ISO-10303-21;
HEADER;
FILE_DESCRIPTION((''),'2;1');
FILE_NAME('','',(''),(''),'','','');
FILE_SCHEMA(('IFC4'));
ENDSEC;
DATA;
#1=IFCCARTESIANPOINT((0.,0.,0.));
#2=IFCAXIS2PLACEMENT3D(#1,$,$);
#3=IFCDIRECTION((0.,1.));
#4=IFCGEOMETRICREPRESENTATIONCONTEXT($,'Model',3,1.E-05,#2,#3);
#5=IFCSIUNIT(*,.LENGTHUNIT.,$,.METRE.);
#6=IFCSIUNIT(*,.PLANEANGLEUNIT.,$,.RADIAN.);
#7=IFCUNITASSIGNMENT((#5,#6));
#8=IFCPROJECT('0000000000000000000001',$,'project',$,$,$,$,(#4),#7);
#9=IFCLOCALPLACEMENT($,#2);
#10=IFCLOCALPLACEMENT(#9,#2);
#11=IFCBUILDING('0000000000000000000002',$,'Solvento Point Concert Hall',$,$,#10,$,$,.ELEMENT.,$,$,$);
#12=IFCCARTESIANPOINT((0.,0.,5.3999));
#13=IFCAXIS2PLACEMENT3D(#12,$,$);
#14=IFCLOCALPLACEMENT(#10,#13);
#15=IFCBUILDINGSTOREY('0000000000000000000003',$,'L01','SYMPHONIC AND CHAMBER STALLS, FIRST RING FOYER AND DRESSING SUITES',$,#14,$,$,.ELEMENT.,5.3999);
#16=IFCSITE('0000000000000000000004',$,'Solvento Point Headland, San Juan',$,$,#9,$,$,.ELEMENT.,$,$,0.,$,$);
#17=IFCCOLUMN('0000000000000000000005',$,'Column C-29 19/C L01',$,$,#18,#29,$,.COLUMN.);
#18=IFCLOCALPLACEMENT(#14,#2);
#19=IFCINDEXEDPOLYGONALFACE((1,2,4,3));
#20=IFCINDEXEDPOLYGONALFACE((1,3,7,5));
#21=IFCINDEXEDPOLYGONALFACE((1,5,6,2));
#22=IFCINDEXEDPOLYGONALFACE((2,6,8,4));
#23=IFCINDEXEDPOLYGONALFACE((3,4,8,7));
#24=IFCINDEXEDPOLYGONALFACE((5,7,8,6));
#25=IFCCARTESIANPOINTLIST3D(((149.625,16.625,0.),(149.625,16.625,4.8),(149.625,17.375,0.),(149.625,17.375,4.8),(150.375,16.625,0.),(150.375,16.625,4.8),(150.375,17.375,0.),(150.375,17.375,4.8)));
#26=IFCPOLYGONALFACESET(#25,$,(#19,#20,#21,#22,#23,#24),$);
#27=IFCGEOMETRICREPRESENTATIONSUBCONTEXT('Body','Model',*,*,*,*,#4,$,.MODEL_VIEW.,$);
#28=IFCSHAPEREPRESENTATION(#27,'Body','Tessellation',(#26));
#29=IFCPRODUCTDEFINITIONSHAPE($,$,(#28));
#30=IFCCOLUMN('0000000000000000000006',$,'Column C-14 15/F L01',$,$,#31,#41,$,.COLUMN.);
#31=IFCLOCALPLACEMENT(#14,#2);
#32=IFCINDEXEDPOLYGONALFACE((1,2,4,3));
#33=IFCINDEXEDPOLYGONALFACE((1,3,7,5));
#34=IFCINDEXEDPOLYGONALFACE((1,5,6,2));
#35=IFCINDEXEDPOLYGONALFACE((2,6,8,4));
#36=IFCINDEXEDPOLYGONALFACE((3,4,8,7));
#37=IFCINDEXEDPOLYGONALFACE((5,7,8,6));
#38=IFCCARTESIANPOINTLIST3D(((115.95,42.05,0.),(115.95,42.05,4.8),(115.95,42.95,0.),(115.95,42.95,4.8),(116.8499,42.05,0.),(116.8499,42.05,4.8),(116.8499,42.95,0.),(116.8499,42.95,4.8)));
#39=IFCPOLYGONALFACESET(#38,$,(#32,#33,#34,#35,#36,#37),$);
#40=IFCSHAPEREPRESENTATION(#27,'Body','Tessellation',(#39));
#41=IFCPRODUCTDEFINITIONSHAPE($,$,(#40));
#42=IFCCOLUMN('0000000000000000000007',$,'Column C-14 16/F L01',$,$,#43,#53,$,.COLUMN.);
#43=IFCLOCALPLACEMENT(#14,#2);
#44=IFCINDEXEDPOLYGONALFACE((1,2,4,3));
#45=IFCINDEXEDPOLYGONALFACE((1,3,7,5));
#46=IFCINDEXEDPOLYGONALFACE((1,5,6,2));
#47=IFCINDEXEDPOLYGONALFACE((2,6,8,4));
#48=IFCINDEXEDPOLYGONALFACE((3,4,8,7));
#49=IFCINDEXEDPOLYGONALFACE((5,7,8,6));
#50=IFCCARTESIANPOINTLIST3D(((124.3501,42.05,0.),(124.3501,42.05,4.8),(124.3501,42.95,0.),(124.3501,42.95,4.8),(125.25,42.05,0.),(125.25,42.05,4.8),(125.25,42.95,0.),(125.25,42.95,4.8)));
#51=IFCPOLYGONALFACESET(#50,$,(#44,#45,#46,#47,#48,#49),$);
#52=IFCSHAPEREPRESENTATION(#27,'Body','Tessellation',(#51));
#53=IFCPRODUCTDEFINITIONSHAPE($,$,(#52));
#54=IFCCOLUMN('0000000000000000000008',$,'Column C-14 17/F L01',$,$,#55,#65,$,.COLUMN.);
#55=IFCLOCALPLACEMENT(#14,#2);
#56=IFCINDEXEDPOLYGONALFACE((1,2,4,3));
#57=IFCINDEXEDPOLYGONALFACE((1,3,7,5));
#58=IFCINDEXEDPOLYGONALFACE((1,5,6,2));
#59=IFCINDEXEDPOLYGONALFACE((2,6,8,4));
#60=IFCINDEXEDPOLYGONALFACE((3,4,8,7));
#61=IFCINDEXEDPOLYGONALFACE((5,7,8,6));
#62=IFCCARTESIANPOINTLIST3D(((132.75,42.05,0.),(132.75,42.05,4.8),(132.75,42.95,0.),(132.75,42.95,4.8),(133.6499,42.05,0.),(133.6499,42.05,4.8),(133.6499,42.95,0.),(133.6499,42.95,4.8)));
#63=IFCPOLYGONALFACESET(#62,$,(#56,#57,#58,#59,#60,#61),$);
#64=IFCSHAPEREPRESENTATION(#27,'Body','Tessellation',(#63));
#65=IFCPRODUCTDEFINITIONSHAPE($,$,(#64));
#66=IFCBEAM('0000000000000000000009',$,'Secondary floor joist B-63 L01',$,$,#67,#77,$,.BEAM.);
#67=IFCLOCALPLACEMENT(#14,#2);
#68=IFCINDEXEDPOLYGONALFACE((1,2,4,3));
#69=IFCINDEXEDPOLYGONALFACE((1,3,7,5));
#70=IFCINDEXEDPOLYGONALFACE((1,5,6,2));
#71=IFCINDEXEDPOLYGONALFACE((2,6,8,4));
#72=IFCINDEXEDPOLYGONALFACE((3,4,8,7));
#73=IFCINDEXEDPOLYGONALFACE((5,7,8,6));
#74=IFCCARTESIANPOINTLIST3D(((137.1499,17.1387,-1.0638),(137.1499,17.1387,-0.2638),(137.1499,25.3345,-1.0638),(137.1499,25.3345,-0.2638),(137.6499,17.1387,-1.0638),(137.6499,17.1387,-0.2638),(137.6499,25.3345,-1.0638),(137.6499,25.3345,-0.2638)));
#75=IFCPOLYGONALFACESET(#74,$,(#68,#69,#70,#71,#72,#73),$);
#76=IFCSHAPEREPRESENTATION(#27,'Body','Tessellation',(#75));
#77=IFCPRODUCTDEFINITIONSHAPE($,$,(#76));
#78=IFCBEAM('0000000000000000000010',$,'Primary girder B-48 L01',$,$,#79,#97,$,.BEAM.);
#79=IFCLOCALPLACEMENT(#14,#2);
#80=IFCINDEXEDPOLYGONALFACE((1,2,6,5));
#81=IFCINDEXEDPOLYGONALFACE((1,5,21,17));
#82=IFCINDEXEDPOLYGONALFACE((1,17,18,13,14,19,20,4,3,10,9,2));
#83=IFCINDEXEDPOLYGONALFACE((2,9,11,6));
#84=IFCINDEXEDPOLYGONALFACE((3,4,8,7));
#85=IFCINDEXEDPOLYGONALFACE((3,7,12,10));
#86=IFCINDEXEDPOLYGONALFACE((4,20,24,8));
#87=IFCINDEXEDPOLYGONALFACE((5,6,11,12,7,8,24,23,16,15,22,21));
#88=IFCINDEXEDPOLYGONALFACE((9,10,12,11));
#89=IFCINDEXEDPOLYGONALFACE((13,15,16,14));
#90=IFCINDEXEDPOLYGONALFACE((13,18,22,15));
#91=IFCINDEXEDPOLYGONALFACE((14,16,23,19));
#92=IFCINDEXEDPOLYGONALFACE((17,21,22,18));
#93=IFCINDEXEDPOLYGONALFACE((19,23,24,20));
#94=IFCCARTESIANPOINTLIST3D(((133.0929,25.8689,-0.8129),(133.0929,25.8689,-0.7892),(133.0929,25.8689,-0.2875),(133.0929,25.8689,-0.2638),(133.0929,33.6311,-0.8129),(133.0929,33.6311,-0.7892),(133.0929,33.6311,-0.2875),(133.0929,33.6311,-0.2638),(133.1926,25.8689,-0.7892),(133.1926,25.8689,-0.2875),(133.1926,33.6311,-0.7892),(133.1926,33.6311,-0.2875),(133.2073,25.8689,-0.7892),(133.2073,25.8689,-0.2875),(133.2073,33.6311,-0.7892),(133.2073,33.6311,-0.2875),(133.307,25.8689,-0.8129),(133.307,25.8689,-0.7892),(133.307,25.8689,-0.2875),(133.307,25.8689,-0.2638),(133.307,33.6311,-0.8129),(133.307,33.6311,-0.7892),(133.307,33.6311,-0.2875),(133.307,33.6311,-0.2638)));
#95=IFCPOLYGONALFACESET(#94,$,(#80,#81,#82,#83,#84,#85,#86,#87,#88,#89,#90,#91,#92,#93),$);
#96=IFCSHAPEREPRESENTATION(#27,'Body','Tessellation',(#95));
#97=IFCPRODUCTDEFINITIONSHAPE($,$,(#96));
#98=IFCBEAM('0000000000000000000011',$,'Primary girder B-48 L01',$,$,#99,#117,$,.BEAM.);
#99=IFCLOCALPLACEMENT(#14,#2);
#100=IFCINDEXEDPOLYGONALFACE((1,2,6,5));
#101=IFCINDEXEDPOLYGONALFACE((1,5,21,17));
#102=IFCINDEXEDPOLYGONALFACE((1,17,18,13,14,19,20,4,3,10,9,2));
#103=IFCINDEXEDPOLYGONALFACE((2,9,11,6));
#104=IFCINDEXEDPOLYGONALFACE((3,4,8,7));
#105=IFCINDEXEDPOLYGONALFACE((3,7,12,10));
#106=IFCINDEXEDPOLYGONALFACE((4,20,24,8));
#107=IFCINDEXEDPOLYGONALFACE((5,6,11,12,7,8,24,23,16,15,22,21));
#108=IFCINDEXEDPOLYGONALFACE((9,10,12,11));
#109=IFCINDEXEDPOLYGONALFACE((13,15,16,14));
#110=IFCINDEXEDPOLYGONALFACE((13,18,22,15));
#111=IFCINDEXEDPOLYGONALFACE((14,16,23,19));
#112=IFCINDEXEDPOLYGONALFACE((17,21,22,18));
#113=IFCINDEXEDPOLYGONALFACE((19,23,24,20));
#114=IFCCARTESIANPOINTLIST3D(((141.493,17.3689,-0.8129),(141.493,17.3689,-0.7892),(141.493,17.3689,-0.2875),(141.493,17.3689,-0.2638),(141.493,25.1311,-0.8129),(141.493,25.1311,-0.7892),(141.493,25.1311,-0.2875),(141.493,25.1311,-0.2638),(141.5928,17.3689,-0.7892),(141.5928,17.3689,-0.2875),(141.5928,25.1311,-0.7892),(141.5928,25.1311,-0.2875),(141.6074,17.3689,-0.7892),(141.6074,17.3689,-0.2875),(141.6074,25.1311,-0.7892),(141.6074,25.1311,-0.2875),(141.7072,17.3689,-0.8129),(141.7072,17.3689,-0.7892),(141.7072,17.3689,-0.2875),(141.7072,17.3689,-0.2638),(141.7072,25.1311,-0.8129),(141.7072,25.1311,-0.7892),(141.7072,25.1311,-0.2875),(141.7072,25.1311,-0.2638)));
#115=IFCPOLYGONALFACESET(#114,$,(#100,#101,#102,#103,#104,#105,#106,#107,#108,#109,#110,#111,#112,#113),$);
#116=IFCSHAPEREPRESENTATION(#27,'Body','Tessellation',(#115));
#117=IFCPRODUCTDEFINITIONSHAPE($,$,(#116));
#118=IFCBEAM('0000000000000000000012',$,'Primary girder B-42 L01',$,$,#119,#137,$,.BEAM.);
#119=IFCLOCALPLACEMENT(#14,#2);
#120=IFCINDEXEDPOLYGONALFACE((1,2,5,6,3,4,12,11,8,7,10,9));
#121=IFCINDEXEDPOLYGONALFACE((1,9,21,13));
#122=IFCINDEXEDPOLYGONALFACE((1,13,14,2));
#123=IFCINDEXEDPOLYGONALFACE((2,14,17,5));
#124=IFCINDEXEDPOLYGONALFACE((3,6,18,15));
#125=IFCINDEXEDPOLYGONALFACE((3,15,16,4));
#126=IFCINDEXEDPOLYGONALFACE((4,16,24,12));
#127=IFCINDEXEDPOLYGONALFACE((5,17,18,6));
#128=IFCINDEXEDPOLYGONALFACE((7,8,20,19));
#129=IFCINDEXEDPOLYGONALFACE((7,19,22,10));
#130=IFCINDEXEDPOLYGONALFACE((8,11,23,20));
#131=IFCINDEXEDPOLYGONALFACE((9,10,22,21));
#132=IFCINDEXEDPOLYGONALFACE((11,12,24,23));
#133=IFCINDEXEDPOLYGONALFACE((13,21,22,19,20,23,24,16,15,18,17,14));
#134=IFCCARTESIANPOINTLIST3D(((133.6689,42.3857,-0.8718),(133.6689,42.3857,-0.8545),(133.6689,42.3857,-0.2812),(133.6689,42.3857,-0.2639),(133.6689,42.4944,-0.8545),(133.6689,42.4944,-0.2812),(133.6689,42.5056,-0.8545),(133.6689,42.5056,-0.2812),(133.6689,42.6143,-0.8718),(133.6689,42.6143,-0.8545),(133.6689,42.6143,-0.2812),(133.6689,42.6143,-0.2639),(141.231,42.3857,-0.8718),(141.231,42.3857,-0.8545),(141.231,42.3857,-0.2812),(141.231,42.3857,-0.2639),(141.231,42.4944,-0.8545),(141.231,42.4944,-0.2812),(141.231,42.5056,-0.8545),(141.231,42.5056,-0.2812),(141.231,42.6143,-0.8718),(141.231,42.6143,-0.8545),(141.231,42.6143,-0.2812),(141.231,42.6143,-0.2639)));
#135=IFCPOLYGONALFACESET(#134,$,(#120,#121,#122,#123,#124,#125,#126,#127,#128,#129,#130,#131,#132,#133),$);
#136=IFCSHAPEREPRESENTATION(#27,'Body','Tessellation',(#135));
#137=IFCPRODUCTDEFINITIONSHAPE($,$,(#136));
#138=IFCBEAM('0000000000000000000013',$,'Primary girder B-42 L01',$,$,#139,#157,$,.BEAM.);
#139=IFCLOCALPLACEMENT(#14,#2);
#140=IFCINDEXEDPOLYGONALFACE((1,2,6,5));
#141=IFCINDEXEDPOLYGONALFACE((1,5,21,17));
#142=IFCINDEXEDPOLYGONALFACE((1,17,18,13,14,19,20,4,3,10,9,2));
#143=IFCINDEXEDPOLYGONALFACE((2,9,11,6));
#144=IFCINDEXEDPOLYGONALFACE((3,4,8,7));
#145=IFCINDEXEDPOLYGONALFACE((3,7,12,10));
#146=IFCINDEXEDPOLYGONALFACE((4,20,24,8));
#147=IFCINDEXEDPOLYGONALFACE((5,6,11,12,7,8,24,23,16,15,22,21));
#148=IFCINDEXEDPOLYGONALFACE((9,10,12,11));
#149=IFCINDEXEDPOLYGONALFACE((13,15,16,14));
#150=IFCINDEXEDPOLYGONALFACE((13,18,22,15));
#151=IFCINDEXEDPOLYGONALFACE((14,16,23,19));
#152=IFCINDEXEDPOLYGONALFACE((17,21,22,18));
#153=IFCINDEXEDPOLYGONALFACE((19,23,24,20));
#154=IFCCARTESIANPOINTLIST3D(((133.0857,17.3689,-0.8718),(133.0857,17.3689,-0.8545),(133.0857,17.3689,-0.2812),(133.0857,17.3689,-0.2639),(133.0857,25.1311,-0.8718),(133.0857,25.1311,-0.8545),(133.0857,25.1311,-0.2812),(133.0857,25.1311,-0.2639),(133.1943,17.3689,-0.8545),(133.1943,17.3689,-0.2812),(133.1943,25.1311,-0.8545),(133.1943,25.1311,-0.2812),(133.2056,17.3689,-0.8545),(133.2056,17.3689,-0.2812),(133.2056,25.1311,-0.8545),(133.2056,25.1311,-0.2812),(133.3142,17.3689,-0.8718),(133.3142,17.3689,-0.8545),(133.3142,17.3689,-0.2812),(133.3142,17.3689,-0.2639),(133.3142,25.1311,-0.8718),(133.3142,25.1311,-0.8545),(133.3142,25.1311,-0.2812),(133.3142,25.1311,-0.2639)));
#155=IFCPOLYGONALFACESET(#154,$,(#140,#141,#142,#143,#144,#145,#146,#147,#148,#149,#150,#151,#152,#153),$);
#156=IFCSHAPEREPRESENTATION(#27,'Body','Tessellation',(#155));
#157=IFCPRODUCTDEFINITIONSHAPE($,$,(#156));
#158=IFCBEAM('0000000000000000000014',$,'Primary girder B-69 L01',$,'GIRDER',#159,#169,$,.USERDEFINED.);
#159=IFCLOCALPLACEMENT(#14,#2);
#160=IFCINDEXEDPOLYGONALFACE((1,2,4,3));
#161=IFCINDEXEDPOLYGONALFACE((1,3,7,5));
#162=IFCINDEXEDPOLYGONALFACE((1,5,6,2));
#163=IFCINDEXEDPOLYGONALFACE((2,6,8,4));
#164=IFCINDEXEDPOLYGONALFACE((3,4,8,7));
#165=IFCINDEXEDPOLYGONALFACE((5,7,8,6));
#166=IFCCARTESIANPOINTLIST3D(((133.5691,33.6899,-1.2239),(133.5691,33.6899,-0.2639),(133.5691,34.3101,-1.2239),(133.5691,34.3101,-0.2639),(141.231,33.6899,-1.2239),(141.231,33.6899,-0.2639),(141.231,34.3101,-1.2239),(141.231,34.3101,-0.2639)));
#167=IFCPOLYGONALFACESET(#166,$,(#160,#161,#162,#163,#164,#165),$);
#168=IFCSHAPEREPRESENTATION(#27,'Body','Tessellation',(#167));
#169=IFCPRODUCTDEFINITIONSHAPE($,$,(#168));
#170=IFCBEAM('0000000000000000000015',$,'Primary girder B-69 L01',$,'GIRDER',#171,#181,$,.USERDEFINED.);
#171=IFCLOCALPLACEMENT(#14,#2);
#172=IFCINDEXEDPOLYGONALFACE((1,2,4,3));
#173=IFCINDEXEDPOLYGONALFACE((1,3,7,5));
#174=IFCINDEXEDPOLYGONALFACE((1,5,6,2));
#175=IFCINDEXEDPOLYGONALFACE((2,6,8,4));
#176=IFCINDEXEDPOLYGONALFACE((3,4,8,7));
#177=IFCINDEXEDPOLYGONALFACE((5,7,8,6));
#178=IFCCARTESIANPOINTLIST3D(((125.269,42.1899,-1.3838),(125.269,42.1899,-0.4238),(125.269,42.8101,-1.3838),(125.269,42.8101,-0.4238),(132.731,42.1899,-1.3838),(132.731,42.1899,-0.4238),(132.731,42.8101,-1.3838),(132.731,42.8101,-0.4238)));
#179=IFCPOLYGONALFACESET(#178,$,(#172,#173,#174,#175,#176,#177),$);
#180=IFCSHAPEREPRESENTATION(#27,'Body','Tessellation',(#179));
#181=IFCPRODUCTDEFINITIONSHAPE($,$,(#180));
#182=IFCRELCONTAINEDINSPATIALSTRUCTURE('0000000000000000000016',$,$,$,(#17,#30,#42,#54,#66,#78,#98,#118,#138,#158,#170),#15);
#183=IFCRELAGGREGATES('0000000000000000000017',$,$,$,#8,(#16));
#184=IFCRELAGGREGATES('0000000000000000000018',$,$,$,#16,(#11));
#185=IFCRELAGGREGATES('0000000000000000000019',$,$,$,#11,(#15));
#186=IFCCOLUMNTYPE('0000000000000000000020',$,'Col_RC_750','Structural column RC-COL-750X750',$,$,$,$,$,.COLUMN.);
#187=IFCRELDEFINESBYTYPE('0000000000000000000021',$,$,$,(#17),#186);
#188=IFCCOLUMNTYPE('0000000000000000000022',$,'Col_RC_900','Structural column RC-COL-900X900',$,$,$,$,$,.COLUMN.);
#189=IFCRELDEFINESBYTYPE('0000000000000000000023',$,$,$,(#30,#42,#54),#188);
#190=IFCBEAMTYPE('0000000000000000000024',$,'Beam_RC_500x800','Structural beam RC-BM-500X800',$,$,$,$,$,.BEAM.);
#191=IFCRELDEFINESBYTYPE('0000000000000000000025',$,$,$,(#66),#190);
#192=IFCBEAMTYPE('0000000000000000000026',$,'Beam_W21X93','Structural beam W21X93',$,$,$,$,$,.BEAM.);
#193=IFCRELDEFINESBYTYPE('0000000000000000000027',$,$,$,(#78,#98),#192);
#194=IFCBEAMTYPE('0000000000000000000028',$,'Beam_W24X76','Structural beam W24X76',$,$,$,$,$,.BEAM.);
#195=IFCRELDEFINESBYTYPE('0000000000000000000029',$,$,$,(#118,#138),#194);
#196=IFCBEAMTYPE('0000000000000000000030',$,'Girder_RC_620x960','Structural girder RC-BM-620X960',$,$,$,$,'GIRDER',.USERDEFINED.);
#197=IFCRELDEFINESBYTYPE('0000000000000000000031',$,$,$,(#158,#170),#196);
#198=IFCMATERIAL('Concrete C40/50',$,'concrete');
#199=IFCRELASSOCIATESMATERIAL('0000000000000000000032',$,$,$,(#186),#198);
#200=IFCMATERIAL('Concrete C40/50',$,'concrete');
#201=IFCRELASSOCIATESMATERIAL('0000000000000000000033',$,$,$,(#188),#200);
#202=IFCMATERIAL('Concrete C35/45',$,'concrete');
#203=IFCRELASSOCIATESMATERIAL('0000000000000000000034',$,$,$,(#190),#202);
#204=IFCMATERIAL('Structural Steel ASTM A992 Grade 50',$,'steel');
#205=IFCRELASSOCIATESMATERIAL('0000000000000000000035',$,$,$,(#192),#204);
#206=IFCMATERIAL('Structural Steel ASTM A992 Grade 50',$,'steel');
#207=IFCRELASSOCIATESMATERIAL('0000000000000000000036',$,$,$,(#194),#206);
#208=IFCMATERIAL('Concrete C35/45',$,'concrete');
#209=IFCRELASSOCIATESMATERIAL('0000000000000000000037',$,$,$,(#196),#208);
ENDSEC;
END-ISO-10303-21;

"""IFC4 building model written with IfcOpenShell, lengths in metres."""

from ifc_helpers import new_model, si_unit, direction, frame, origin, origin_2d, place, context, subcontext, project, spatial, rectangle, i_section, extrude, material, material_profile, profile_set, type_object, element, save


model = new_model("IFC4")

# Units and contexts
model_context = context("Model", 3, precision=1e-05, world=origin(), true_north=direction((0.0, 1.0)))
body_context = subcontext(model_context, "Body", "Model", "MODEL_VIEW")
ifc_project = project(units=[si_unit("LENGTHUNIT", "METRE"), si_unit("PLANEANGLEUNIT", "RADIAN")], contexts=[model_context])

# Site, building, storey
site_placement = place(None, origin())
site = spatial("IfcSite", under=ifc_project, at=site_placement, Name="Solvento Point Headland, San Juan", CompositionType="ELEMENT", RefElevation=0.0)
building_placement = place(site_placement, origin())
building = spatial("IfcBuilding", under=site, at=building_placement, Name="Solvento Point Concert Hall", CompositionType="ELEMENT")
storey_placement = place(building_placement, frame((0.0, 0.0, 5.3999)))
storey = spatial("IfcBuildingStorey", under=building, at=storey_placement, Name="L01", Description="SYMPHONIC AND CHAMBER STALLS, FIRST RING FOYER AND DRESSING SUITES", CompositionType="ELEMENT", Elevation=5.3999)

# Columns
ifc_material_1 = material(Name="Concrete C40/50", Category="concrete")
ifc_material_profile_1 = material_profile(ifc_material_1, rectangle(XDim=0.75, YDim=0.75, at=origin_2d()), Name="RC-COL-750X750")
ifc_profile_set_1 = profile_set([ifc_material_profile_1], Name="Concrete C40/50")
column_type_1 = type_object("IfcColumnType", Name="Col_RC_750", Description="Structural column RC-COL-750X750", PredefinedType="COLUMN", material=ifc_profile_set_1)
column_placement = place(storey_placement, frame((150.0, 17.0, 0.0), z_axis=(0.0, 0.0, 1.0), x_axis=(1.0, 0.0, 0.0)))
element("IfcColumn", 1, at=column_placement, inside=storey, type_object=column_type_1, Name="Column C-29 19/C L01", PredefinedType="COLUMN", context=body_context, shape_type="SweptSolid", body=[
    extrude(rectangle(XDim=0.75, YDim=0.75, at=origin_2d()), origin(), (0.0, 0.0, 1.0), 4.8),
])
ifc_material_2 = material(Name="Concrete C40/50", Category="concrete")
ifc_material_profile_2 = material_profile(ifc_material_2, rectangle(XDim=0.8999, YDim=0.8999, at=origin_2d()), Name="RC-COL-900X900")
ifc_profile_set_2 = profile_set([ifc_material_profile_2], Name="Concrete C40/50")
column_type_2 = type_object("IfcColumnType", Name="Col_RC_900", Description="Structural column RC-COL-900X900", PredefinedType="COLUMN", material=ifc_profile_set_2)
for number, where, z_axis, x_axis, name in (
    (2, (116.3999, 42.5, 0.0), (0.0, 0.0, 1.0), (1.0, 0.0, 0.0), "Column C-14 15/F L01"),
    (3, (124.8, 42.5, 0.0), (0.0, 0.0, 1.0), (1.0, 0.0, 0.0), "Column C-14 16/F L01"),
    (4, (133.2, 42.5, 0.0), (0.0, 0.0, 1.0), (1.0, 0.0, 0.0), "Column C-14 17/F L01"),
):
    element("IfcColumn", number, at=place(storey_placement, frame(where, z_axis=z_axis, x_axis=x_axis)), inside=storey, type_object=column_type_2, Name=name, PredefinedType="COLUMN", context=body_context, shape_type="SweptSolid", body=[
        extrude(rectangle(XDim=0.8999, YDim=0.8999, at=origin_2d()), origin(), (0.0, 0.0, 1.0), 4.8),
    ])

# Beams
ifc_material_3 = material(Name="Concrete C35/45", Category="concrete")
ifc_material_profile_3 = material_profile(ifc_material_3, rectangle(XDim=0.5, YDim=0.8, at=origin_2d()), Name="RC-BM-500X800")
ifc_profile_set_3 = profile_set([ifc_material_profile_3], Name="Concrete C35/45")
beam_type_1 = type_object("IfcBeamType", Name="Beam_RC_500x800", Description="Structural beam RC-BM-500X800", PredefinedType="BEAM", material=ifc_profile_set_3)
beam_1_placement = place(storey_placement, frame((137.3999, 17.1387, -0.6638), z_axis=(0.0, 1.0, 0.0), x_axis=(-1.0, 0.0, 0.0)))
element("IfcBeam", 5, at=beam_1_placement, inside=storey, type_object=beam_type_1, Name="Secondary floor joist B-63 L01", PredefinedType="BEAM", context=body_context, shape_type="SweptSolid", body=[
    extrude(rectangle(XDim=0.5, YDim=0.8, at=origin_2d()), origin(), (0.0, 0.0, 1.0), 8.1958),
])
ifc_material_4 = material(Name="Structural Steel ASTM A992 Grade 50", Category="steel")
ifc_material_profile_4 = material_profile(ifc_material_4, i_section(OverallWidth=0.2141, OverallDepth=0.5491, WebThickness=0.0146, FlangeThickness=0.0237, at=origin_2d()), Name="W21X93")
ifc_profile_set_4 = profile_set([ifc_material_profile_4], Name="Structural Steel ASTM A992 Grade 50")
beam_type_2 = type_object("IfcBeamType", Name="Beam_W21X93", Description="Structural beam W21X93", PredefinedType="BEAM", material=ifc_profile_set_4)
for number, where, z_axis, x_axis, name in (
    (6, (133.2, 25.8689, -0.5383), (0.0, 1.0, 0.0), (-1.0, 0.0, 0.0), "Primary girder B-48 L01"),
    (7, (141.6001, 17.3689, -0.5383), (0.0, 1.0, 0.0), (-1.0, 0.0, 0.0), "Primary girder B-48 L01"),
):
    element("IfcBeam", number, at=place(storey_placement, frame(where, z_axis=z_axis, x_axis=x_axis)), inside=storey, type_object=beam_type_2, Name=name, PredefinedType="BEAM", context=body_context, shape_type="SweptSolid", body=[
        extrude(i_section(OverallWidth=0.2141, OverallDepth=0.5491, WebThickness=0.0146, FlangeThickness=0.0237, at=origin_2d()), origin(), (0.0, 0.0, 1.0), 7.7622),
    ])
ifc_material_5 = material(Name="Structural Steel ASTM A992 Grade 50", Category="steel")
ifc_material_profile_5 = material_profile(ifc_material_5, i_section(OverallWidth=0.2285, OverallDepth=0.6079, WebThickness=0.0112, FlangeThickness=0.0173, at=origin_2d()), Name="W24X76")
ifc_profile_set_5 = profile_set([ifc_material_profile_5], Name="Structural Steel ASTM A992 Grade 50")
beam_type_3 = type_object("IfcBeamType", Name="Beam_W24X76", Description="Structural beam W24X76", PredefinedType="BEAM", material=ifc_profile_set_5)
beam_2_placement = place(storey_placement, frame((133.6689, 42.5, -0.5679), z_axis=(1.0, 0.0, 0.0), x_axis=(0.0, 1.0, 0.0)))
element("IfcBeam", 8, at=beam_2_placement, inside=storey, type_object=beam_type_3, Name="Primary girder B-42 L01", PredefinedType="BEAM", context=body_context, shape_type="SweptSolid", body=[
    extrude(i_section(OverallWidth=0.2285, OverallDepth=0.6079, WebThickness=0.0112, FlangeThickness=0.0173, at=origin_2d()), origin(), (0.0, 0.0, 1.0), 7.562),
])
beam_3_placement = place(storey_placement, frame((133.2, 17.3689, -0.5679), z_axis=(0.0, 1.0, 0.0), x_axis=(-1.0, 0.0, 0.0)))
element("IfcBeam", 9, at=beam_3_placement, inside=storey, type_object=beam_type_3, Name="Primary girder B-42 L01", PredefinedType="BEAM", context=body_context, shape_type="SweptSolid", body=[
    extrude(i_section(OverallWidth=0.2285, OverallDepth=0.6079, WebThickness=0.0112, FlangeThickness=0.0173, at=origin_2d()), origin(), (0.0, 0.0, 1.0), 7.7622),
])
ifc_material_6 = material(Name="Concrete C35/45", Category="concrete")
ifc_material_profile_6 = material_profile(ifc_material_6, rectangle(XDim=0.6201, YDim=0.96, at=origin_2d()), Name="RC-BM-620X960")
ifc_profile_set_6 = profile_set([ifc_material_profile_6], Name="Concrete C35/45")
beam_type_4 = type_object("IfcBeamType", Name="Girder_RC_620x960", Description="Structural girder RC-BM-620X960", ElementType="GIRDER", PredefinedType="USERDEFINED", material=ifc_profile_set_6)
beam_4_placement = place(storey_placement, frame((133.5691, 34.0, -0.7439), z_axis=(1.0, 0.0, 0.0), x_axis=(0.0, 1.0, 0.0)))
element("IfcBeam", 10, at=beam_4_placement, inside=storey, type_object=beam_type_4, Name="Primary girder B-69 L01", ObjectType="GIRDER", PredefinedType="USERDEFINED", context=body_context, shape_type="SweptSolid", body=[
    extrude(rectangle(XDim=0.6201, YDim=0.96, at=origin_2d()), origin(), (0.0, 0.0, 1.0), 7.6619),
])
beam_5_placement = place(storey_placement, frame((125.269, 42.5, -0.9038), z_axis=(1.0, 0.0, 0.0), x_axis=(0.0, 1.0, 0.0)))
element("IfcBeam", 11, at=beam_5_placement, inside=storey, type_object=beam_type_4, Name="Primary girder B-69 L01", ObjectType="GIRDER", PredefinedType="USERDEFINED", context=body_context, shape_type="SweptSolid", body=[
    extrude(rectangle(XDim=0.6201, YDim=0.96, at=origin_2d()), origin(), (0.0, 0.0, 1.0), 7.4619),
])

save(model, "model.ifc")
